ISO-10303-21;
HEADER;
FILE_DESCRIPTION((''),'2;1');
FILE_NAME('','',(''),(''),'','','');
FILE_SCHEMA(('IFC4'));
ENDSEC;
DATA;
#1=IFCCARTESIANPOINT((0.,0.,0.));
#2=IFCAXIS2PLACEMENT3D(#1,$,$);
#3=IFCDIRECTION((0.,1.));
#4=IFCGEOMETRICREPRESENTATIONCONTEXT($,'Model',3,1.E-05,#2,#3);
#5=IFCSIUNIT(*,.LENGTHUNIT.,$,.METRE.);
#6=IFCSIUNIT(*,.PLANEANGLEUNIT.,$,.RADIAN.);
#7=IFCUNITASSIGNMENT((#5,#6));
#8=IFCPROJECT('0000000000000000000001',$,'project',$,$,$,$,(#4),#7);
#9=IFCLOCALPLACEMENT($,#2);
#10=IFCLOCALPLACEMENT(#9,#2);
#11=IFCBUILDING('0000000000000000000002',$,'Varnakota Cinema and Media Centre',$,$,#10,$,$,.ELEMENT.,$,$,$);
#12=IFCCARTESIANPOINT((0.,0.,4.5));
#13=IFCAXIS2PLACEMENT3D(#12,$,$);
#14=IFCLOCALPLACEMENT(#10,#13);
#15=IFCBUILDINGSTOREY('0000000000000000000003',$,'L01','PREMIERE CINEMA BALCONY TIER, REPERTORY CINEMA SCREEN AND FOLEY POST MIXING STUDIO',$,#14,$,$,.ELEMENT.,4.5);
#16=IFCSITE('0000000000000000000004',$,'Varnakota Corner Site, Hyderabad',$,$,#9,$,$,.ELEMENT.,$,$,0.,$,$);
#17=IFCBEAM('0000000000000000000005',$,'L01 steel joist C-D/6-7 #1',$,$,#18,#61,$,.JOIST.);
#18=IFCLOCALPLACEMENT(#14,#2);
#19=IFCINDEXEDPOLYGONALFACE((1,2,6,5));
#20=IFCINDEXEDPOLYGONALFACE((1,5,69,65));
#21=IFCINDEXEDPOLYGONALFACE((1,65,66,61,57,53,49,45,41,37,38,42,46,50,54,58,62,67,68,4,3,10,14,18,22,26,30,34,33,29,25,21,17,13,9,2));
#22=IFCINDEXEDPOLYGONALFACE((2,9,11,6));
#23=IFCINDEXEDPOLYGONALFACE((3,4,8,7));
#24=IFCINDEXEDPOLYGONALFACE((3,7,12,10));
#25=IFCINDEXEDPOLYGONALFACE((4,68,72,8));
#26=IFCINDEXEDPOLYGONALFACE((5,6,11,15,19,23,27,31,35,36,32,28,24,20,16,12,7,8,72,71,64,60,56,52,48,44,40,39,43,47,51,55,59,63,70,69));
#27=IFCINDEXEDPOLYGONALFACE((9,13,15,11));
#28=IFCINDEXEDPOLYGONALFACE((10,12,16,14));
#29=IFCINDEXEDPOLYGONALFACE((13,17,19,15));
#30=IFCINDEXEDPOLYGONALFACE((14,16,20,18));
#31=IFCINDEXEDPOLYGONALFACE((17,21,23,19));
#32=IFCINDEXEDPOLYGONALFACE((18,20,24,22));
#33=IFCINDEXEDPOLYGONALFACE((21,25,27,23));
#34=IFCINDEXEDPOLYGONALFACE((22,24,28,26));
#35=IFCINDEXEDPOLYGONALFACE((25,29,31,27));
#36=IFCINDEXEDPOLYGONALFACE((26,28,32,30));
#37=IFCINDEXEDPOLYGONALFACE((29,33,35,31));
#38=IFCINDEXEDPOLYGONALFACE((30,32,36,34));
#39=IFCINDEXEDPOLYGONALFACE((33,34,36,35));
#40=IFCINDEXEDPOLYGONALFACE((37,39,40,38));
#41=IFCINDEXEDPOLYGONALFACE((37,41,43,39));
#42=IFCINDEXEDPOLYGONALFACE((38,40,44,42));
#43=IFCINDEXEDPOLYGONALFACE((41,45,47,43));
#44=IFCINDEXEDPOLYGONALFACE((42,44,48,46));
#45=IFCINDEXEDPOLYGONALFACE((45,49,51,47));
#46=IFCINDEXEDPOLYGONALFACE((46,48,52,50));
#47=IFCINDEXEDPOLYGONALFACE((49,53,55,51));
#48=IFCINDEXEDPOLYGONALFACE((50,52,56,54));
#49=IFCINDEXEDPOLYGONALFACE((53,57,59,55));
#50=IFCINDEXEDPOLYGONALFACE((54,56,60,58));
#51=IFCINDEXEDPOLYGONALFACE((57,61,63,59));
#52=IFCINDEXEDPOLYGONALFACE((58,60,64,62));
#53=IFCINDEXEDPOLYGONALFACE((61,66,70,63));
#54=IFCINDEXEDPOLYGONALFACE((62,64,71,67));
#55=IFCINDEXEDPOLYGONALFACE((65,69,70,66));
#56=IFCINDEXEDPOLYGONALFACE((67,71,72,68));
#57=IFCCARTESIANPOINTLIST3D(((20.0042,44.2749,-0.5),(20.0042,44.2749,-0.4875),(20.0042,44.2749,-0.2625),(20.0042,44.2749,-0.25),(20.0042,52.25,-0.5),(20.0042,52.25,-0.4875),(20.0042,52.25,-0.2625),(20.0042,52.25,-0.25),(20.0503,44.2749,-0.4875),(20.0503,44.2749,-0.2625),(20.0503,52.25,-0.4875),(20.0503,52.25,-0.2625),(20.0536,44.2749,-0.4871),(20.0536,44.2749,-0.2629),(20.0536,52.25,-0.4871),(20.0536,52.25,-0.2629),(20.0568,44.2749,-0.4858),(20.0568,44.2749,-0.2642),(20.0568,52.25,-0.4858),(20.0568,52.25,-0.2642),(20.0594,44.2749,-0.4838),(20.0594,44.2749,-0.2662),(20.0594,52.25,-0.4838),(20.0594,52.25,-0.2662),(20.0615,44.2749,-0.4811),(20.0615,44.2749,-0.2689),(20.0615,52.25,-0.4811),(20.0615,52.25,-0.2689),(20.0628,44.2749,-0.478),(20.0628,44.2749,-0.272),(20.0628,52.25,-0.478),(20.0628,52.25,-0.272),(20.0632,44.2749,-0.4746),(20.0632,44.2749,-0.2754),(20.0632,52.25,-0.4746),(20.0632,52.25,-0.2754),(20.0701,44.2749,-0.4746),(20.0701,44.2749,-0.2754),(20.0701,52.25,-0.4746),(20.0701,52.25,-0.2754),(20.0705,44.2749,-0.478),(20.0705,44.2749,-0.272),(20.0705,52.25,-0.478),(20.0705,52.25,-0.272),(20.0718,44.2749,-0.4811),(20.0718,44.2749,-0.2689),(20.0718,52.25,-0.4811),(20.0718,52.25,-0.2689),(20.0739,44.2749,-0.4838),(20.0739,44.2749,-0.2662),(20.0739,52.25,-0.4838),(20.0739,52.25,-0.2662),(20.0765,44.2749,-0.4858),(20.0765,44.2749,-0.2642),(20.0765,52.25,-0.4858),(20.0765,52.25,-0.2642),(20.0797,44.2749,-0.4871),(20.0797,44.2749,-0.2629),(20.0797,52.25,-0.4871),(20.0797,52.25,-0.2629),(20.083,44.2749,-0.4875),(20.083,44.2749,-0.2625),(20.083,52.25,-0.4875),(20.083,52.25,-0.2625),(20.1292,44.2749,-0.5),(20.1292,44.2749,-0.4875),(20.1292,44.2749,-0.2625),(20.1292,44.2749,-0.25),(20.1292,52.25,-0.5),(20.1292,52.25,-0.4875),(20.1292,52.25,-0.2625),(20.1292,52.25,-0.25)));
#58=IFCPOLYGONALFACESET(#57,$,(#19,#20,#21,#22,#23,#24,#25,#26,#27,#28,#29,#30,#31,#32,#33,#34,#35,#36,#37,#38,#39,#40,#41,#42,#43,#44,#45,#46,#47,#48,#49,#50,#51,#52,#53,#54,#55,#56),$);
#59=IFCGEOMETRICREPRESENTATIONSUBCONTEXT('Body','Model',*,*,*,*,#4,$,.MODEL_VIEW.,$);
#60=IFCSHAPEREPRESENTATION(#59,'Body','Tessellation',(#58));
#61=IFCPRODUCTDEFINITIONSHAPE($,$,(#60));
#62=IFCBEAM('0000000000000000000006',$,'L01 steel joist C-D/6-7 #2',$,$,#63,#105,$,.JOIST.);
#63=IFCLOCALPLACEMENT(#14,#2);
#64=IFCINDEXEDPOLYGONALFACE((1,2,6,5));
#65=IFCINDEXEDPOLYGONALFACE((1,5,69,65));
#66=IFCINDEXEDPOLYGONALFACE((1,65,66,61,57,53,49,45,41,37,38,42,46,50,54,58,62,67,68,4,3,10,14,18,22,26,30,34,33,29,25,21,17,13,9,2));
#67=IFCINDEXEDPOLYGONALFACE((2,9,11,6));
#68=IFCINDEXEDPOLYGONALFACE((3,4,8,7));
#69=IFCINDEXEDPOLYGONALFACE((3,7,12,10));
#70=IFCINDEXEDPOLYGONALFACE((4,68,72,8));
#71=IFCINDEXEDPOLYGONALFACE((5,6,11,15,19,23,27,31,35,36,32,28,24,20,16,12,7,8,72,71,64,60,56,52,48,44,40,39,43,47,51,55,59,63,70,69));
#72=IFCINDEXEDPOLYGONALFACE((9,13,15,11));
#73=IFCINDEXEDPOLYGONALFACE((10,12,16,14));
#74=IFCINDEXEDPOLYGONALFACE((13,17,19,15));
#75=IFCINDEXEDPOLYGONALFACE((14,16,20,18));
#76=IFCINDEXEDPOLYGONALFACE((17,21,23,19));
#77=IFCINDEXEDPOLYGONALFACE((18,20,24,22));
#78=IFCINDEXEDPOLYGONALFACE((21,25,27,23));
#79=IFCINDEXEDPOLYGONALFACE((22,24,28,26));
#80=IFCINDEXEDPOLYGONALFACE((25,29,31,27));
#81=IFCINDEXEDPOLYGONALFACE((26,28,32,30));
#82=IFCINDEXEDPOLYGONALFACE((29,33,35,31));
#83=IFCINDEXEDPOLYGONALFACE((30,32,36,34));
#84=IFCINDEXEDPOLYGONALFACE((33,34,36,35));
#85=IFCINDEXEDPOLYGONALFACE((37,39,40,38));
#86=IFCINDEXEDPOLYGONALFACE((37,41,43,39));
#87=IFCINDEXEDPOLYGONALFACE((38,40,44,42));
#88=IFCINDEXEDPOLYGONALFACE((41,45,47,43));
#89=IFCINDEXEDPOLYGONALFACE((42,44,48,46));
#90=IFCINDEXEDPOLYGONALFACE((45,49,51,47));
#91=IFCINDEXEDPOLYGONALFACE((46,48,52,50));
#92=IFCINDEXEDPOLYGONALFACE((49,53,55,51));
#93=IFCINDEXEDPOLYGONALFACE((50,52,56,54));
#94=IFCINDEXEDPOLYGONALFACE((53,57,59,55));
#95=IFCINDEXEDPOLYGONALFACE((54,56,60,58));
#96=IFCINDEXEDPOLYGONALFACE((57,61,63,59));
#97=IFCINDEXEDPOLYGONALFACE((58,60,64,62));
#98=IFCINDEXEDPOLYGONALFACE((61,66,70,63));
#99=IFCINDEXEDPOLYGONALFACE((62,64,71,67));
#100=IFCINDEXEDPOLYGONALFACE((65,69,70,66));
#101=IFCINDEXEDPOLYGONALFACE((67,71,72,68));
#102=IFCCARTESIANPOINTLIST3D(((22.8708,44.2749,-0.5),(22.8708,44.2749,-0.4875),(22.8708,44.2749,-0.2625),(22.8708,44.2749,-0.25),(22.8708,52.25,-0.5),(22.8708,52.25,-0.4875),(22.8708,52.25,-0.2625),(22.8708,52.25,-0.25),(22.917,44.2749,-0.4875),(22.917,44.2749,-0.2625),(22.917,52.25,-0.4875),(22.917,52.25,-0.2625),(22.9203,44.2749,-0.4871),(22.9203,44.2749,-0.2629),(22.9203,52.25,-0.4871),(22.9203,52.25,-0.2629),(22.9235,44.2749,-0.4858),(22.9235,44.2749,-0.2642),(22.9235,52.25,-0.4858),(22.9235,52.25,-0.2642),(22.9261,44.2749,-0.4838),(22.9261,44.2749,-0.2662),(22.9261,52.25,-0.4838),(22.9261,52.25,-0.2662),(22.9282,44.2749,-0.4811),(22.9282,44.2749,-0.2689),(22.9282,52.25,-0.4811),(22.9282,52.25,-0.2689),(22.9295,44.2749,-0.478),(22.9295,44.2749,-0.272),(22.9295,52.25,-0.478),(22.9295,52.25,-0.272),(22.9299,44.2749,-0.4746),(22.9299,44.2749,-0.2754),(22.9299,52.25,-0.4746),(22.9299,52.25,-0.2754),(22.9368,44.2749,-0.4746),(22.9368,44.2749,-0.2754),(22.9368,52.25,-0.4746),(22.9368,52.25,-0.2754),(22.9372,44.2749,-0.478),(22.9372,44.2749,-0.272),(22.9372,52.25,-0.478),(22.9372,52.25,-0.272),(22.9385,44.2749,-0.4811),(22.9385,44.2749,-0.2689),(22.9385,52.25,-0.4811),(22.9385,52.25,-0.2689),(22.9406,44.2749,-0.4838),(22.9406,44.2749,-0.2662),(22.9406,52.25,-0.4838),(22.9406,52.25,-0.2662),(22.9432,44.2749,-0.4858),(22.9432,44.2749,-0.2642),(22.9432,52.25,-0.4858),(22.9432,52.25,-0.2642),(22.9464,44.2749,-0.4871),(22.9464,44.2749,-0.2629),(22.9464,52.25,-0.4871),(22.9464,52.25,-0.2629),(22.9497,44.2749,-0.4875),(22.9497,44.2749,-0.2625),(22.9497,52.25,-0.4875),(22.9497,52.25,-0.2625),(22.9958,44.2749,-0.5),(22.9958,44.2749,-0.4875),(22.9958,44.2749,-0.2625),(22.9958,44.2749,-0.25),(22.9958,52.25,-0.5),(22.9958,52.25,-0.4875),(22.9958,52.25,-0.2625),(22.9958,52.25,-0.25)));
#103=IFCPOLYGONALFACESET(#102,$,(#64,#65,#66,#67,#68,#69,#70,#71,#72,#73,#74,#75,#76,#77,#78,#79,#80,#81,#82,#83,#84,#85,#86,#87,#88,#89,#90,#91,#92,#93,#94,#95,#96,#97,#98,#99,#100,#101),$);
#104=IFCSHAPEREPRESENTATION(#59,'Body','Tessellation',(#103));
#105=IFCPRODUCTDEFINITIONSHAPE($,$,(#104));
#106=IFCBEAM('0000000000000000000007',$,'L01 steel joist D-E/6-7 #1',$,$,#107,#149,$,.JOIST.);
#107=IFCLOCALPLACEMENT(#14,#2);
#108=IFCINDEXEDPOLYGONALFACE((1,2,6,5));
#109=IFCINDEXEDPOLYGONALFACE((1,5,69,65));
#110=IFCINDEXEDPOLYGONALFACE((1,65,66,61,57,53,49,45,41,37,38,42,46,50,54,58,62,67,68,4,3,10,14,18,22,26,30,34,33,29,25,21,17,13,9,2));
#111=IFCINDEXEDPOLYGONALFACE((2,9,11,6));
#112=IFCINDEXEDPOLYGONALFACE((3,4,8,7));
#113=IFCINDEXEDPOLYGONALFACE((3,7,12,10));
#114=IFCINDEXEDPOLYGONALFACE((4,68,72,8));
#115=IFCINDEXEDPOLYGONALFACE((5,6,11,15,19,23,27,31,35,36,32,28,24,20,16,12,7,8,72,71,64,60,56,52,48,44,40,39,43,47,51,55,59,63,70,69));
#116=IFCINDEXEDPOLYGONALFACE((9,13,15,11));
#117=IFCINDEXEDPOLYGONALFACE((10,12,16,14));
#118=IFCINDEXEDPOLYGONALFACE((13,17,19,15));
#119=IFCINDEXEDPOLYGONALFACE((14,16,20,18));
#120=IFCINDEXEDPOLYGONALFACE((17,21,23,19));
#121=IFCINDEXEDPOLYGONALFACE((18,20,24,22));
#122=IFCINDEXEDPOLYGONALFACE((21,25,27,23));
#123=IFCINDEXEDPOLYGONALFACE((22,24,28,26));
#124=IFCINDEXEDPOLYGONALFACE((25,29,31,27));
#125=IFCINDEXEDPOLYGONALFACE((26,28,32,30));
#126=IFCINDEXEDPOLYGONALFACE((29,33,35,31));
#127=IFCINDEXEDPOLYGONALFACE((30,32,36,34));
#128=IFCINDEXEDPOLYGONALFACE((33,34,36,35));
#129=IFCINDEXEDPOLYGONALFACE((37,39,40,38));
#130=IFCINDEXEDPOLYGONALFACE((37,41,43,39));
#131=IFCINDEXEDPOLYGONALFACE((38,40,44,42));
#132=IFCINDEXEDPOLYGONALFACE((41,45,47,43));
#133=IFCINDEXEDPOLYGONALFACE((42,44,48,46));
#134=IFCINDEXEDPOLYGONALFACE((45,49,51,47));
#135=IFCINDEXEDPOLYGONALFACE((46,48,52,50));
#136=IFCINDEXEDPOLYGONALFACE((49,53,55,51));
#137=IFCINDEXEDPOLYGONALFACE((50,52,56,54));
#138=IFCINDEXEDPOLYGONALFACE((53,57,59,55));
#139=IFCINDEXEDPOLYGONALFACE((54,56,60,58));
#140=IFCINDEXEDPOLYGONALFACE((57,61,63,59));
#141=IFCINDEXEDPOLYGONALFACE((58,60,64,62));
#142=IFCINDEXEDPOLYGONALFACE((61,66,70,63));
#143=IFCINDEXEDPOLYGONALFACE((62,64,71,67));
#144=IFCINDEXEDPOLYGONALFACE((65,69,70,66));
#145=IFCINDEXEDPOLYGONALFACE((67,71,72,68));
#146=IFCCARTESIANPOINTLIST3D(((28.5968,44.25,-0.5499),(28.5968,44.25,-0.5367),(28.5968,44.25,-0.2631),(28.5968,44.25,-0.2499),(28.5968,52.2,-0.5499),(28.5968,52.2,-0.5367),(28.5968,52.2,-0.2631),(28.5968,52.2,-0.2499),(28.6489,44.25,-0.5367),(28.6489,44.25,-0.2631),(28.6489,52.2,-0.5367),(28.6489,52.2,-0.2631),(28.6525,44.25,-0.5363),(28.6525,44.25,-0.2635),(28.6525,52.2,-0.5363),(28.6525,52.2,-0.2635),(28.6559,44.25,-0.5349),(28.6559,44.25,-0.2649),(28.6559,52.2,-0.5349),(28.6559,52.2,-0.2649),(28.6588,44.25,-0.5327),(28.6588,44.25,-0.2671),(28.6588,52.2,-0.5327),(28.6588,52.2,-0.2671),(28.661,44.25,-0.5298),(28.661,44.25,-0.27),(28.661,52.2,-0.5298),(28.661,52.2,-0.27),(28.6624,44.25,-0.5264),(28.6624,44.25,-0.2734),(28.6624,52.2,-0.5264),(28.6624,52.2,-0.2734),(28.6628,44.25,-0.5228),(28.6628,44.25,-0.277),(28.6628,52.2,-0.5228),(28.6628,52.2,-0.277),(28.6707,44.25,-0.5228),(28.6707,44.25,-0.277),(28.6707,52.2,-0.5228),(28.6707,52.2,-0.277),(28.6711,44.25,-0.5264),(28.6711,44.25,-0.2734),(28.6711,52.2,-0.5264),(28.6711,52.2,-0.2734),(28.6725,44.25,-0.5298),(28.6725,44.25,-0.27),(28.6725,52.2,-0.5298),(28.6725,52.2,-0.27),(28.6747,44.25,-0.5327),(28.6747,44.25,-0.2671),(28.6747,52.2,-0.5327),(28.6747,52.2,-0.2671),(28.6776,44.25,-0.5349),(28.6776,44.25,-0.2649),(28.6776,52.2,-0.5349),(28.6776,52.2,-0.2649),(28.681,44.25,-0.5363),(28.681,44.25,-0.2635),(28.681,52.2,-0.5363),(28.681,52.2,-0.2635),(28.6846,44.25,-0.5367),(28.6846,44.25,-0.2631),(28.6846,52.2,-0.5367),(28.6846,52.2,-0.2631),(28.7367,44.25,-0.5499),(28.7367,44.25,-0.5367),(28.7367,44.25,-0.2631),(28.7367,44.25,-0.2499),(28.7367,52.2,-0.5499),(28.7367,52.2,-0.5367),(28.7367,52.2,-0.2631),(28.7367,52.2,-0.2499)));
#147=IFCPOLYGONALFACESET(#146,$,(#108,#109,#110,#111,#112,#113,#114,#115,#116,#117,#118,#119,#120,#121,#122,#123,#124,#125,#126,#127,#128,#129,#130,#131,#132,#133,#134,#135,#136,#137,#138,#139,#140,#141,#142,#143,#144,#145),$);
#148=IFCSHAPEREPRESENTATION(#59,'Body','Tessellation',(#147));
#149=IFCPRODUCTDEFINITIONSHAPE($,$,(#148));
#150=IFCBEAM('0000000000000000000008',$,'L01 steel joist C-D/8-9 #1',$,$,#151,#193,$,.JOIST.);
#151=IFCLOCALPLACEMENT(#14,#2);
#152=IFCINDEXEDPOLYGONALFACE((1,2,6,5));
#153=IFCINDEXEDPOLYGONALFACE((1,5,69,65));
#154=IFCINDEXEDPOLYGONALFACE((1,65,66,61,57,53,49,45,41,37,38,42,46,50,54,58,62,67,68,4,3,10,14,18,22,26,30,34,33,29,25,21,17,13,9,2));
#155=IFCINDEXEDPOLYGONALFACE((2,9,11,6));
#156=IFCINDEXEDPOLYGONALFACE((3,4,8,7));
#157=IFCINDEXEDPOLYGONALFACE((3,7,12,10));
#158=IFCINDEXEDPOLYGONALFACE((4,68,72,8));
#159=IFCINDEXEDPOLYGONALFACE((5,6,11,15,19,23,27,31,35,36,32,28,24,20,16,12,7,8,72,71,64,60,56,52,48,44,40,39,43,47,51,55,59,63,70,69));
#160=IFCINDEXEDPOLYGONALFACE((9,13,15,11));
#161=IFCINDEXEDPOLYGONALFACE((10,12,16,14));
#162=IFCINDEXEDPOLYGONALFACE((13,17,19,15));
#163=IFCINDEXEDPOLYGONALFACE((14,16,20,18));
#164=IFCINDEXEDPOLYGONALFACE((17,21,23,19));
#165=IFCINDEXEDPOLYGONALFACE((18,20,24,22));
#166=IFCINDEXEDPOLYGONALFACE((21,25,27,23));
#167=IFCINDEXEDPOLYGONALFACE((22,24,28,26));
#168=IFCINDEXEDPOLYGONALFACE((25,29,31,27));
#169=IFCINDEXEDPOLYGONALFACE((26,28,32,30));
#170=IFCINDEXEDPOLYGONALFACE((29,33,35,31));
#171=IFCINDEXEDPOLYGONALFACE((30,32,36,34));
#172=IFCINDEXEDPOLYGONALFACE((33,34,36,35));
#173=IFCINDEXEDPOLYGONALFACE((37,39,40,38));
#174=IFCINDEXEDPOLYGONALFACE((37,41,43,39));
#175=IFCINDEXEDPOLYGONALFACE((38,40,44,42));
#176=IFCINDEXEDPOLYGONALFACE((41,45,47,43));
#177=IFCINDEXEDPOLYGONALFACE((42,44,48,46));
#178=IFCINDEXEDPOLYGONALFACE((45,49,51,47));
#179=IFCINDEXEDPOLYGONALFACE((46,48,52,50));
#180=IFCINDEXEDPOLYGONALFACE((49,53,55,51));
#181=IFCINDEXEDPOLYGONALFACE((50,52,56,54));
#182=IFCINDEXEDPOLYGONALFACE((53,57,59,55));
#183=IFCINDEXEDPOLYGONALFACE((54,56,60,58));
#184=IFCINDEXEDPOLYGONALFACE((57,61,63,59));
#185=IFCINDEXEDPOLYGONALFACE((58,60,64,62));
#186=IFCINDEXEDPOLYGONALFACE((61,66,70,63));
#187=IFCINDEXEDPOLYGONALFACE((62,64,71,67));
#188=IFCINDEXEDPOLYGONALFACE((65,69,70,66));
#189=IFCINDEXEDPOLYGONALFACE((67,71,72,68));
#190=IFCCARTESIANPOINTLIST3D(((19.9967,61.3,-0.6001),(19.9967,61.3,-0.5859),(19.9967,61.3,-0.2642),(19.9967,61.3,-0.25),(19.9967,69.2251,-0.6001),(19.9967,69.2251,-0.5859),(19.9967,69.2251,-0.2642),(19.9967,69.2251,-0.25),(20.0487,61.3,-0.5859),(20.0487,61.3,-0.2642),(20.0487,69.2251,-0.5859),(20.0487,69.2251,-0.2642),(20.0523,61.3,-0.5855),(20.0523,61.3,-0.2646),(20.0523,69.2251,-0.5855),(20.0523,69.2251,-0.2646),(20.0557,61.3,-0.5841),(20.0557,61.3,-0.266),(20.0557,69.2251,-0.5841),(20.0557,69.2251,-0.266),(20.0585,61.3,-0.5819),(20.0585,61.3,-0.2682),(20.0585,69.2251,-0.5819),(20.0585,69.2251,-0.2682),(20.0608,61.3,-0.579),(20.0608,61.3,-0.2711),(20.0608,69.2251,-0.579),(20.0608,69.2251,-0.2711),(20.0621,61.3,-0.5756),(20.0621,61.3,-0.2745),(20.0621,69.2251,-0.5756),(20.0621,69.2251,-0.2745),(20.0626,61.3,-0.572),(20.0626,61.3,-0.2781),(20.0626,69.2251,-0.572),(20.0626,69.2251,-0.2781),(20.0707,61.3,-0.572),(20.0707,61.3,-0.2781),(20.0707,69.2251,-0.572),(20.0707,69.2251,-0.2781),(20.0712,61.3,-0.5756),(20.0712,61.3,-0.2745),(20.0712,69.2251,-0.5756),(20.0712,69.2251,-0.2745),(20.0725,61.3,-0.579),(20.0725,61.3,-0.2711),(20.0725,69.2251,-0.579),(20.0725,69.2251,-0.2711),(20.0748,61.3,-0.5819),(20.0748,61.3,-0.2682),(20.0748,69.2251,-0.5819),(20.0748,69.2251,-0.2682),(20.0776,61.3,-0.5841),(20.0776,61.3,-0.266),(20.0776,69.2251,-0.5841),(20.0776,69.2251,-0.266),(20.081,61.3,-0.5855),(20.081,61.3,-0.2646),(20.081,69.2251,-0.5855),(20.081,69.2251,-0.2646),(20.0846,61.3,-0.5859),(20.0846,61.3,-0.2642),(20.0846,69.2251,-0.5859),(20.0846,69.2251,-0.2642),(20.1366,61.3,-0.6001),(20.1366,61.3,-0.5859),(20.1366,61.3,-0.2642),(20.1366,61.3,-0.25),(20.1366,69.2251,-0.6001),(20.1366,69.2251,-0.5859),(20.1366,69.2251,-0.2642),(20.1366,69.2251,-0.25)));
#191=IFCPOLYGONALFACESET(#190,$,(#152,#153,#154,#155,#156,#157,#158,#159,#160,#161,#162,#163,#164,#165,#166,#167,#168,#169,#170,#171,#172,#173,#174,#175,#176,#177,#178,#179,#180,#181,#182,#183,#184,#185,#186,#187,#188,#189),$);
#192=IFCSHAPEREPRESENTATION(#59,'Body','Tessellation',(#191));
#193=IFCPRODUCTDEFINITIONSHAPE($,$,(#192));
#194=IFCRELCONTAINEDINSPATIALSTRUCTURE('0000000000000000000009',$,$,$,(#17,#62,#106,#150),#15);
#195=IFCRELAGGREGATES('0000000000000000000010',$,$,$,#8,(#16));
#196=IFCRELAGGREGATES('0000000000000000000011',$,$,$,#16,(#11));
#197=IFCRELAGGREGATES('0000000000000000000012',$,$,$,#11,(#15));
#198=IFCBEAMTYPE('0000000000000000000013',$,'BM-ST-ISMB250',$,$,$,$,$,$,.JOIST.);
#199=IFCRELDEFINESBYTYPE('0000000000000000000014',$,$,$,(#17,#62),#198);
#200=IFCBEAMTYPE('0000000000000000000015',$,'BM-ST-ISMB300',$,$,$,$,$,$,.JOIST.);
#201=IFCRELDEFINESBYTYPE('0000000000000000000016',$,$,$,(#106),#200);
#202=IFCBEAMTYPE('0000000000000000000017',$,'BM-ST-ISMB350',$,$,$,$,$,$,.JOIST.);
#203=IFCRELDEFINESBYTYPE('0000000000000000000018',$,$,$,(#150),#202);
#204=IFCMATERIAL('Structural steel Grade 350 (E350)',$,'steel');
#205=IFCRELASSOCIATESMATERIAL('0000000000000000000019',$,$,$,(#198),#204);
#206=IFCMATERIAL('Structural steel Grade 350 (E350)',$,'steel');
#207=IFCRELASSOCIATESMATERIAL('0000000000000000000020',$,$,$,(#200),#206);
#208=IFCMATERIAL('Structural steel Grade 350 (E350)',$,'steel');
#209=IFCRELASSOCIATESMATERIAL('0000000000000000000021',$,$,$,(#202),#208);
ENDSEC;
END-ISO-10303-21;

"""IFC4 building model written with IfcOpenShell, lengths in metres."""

from ifc_helpers import new_model, si_unit, direction, frame, origin, origin_2d, place, context, subcontext, project, spatial, i_section, extrude, material, material_profile, profile_set, type_object, element, save


model = new_model("IFC4")

# Units and contexts
model_context = context("Model", 3, precision=1e-05, world=origin(), true_north=direction((0.0, 1.0)))
body_context = subcontext(model_context, "Body", "Model", "MODEL_VIEW")
ifc_project = project(units=[si_unit("LENGTHUNIT", "METRE"), si_unit("PLANEANGLEUNIT", "RADIAN")], contexts=[model_context])

# Site, building, storey
site_placement = place(None, origin())
site = spatial("IfcSite", under=ifc_project, at=site_placement, Name="Varnakota Corner Site, Hyderabad", CompositionType="ELEMENT", RefElevation=0.0)
building_placement = place(site_placement, origin())
building = spatial("IfcBuilding", under=site, at=building_placement, Name="Varnakota Cinema and Media Centre", CompositionType="ELEMENT")
storey_placement = place(building_placement, frame((0.0, 0.0, 4.5)))
storey = spatial("IfcBuildingStorey", under=building, at=storey_placement, Name="L01", Description="PREMIERE CINEMA BALCONY TIER, REPERTORY CINEMA SCREEN AND FOLEY POST MIXING STUDIO", CompositionType="ELEMENT", Elevation=4.5)

# Beams
ifc_material_1 = material(Name="Structural steel Grade 350 (E350)", Category="steel")
ifc_material_profile_1 = material_profile(ifc_material_1, i_section(OverallWidth=0.125, OverallDepth=0.25, WebThickness=0.0068, FlangeThickness=0.0125, FilletRadius=0.0129, at=origin_2d()), Name="ISMB 250")
ifc_profile_set_1 = profile_set([ifc_material_profile_1], Name="Structural steel Grade 350 (E350)")
beam_type_1 = type_object("IfcBeamType", Name="BM-ST-ISMB250", PredefinedType="JOIST", material=ifc_profile_set_1)
for number, where, z_axis, x_axis, name in (
    (1, (20.0667, 44.2749, -0.375), (0.0, 1.0, 0.0), (-1.0, 0.0, 0.0), "L01 steel joist C-D/6-7 #1"),
    (2, (22.9333, 44.2749, -0.375), (0.0, 1.0, 0.0), (-1.0, 0.0, 0.0), "L01 steel joist C-D/6-7 #2"),
):
    element("IfcBeam", number, at=place(storey_placement, frame(where, z_axis=z_axis, x_axis=x_axis)), inside=storey, type_object=beam_type_1, Name=name, PredefinedType="JOIST", context=body_context, shape_type="SweptSolid", body=[
        extrude(i_section(OverallWidth=0.125, OverallDepth=0.25, WebThickness=0.0068, FlangeThickness=0.0125, FilletRadius=0.0129, at=origin_2d()), origin(), (0.0, 0.0, 1.0), 7.9751),
    ])
ifc_material_2 = material(Name="Structural steel Grade 350 (E350)", Category="steel")
ifc_material_profile_2 = material_profile(ifc_material_2, i_section(OverallWidth=0.1399, OverallDepth=0.3, WebThickness=0.0078, FlangeThickness=0.0132, FilletRadius=0.0139, at=origin_2d()), Name="ISMB 300")
ifc_profile_set_2 = profile_set([ifc_material_profile_2], Name="Structural steel Grade 350 (E350)")
beam_type_2 = type_object("IfcBeamType", Name="BM-ST-ISMB300", PredefinedType="JOIST", material=ifc_profile_set_2)
beam_1_placement = place(storey_placement, frame((28.6667, 44.25, -0.3999), z_axis=(0.0, 1.0, 0.0), x_axis=(-1.0, 0.0, 0.0)))
element("IfcBeam", 3, at=beam_1_placement, inside=storey, type_object=beam_type_2, Name="L01 steel joist D-E/6-7 #1", PredefinedType="JOIST", context=body_context, shape_type="SweptSolid", body=[
    extrude(i_section(OverallWidth=0.1399, OverallDepth=0.3, WebThickness=0.0078, FlangeThickness=0.0132, FilletRadius=0.0139, at=origin_2d()), origin(), (0.0, 0.0, 1.0), 7.95),
])
ifc_material_3 = material(Name="Structural steel Grade 350 (E350)", Category="steel")
ifc_material_profile_3 = material_profile(ifc_material_3, i_section(OverallWidth=0.1399, OverallDepth=0.3501, WebThickness=0.0081, FlangeThickness=0.0142, FilletRadius=0.0139, at=origin_2d()), Name="ISMB 350")
ifc_profile_set_3 = profile_set([ifc_material_profile_3], Name="Structural steel Grade 350 (E350)")
beam_type_3 = type_object("IfcBeamType", Name="BM-ST-ISMB350", PredefinedType="JOIST", material=ifc_profile_set_3)
for number, where, z_axis, x_axis, name in (
    (4, (20.0667, 61.3, -0.425), (0.0, 1.0, 0.0), (-1.0, 0.0, 0.0), "L01 steel joist C-D/8-9 #1"),
):
    element("IfcBeam", number, at=place(storey_placement, frame(where, z_axis=z_axis, x_axis=x_axis)), inside=storey, type_object=beam_type_3, Name=name, PredefinedType="JOIST", context=body_context, shape_type="SweptSolid", body=[
        extrude(i_section(OverallWidth=0.1399, OverallDepth=0.3501, WebThickness=0.0081, FlangeThickness=0.0142, FilletRadius=0.0139, at=origin_2d()), origin(), (0.0, 0.0, 1.0), 7.925),
    ])

save(model, "model.ifc")
